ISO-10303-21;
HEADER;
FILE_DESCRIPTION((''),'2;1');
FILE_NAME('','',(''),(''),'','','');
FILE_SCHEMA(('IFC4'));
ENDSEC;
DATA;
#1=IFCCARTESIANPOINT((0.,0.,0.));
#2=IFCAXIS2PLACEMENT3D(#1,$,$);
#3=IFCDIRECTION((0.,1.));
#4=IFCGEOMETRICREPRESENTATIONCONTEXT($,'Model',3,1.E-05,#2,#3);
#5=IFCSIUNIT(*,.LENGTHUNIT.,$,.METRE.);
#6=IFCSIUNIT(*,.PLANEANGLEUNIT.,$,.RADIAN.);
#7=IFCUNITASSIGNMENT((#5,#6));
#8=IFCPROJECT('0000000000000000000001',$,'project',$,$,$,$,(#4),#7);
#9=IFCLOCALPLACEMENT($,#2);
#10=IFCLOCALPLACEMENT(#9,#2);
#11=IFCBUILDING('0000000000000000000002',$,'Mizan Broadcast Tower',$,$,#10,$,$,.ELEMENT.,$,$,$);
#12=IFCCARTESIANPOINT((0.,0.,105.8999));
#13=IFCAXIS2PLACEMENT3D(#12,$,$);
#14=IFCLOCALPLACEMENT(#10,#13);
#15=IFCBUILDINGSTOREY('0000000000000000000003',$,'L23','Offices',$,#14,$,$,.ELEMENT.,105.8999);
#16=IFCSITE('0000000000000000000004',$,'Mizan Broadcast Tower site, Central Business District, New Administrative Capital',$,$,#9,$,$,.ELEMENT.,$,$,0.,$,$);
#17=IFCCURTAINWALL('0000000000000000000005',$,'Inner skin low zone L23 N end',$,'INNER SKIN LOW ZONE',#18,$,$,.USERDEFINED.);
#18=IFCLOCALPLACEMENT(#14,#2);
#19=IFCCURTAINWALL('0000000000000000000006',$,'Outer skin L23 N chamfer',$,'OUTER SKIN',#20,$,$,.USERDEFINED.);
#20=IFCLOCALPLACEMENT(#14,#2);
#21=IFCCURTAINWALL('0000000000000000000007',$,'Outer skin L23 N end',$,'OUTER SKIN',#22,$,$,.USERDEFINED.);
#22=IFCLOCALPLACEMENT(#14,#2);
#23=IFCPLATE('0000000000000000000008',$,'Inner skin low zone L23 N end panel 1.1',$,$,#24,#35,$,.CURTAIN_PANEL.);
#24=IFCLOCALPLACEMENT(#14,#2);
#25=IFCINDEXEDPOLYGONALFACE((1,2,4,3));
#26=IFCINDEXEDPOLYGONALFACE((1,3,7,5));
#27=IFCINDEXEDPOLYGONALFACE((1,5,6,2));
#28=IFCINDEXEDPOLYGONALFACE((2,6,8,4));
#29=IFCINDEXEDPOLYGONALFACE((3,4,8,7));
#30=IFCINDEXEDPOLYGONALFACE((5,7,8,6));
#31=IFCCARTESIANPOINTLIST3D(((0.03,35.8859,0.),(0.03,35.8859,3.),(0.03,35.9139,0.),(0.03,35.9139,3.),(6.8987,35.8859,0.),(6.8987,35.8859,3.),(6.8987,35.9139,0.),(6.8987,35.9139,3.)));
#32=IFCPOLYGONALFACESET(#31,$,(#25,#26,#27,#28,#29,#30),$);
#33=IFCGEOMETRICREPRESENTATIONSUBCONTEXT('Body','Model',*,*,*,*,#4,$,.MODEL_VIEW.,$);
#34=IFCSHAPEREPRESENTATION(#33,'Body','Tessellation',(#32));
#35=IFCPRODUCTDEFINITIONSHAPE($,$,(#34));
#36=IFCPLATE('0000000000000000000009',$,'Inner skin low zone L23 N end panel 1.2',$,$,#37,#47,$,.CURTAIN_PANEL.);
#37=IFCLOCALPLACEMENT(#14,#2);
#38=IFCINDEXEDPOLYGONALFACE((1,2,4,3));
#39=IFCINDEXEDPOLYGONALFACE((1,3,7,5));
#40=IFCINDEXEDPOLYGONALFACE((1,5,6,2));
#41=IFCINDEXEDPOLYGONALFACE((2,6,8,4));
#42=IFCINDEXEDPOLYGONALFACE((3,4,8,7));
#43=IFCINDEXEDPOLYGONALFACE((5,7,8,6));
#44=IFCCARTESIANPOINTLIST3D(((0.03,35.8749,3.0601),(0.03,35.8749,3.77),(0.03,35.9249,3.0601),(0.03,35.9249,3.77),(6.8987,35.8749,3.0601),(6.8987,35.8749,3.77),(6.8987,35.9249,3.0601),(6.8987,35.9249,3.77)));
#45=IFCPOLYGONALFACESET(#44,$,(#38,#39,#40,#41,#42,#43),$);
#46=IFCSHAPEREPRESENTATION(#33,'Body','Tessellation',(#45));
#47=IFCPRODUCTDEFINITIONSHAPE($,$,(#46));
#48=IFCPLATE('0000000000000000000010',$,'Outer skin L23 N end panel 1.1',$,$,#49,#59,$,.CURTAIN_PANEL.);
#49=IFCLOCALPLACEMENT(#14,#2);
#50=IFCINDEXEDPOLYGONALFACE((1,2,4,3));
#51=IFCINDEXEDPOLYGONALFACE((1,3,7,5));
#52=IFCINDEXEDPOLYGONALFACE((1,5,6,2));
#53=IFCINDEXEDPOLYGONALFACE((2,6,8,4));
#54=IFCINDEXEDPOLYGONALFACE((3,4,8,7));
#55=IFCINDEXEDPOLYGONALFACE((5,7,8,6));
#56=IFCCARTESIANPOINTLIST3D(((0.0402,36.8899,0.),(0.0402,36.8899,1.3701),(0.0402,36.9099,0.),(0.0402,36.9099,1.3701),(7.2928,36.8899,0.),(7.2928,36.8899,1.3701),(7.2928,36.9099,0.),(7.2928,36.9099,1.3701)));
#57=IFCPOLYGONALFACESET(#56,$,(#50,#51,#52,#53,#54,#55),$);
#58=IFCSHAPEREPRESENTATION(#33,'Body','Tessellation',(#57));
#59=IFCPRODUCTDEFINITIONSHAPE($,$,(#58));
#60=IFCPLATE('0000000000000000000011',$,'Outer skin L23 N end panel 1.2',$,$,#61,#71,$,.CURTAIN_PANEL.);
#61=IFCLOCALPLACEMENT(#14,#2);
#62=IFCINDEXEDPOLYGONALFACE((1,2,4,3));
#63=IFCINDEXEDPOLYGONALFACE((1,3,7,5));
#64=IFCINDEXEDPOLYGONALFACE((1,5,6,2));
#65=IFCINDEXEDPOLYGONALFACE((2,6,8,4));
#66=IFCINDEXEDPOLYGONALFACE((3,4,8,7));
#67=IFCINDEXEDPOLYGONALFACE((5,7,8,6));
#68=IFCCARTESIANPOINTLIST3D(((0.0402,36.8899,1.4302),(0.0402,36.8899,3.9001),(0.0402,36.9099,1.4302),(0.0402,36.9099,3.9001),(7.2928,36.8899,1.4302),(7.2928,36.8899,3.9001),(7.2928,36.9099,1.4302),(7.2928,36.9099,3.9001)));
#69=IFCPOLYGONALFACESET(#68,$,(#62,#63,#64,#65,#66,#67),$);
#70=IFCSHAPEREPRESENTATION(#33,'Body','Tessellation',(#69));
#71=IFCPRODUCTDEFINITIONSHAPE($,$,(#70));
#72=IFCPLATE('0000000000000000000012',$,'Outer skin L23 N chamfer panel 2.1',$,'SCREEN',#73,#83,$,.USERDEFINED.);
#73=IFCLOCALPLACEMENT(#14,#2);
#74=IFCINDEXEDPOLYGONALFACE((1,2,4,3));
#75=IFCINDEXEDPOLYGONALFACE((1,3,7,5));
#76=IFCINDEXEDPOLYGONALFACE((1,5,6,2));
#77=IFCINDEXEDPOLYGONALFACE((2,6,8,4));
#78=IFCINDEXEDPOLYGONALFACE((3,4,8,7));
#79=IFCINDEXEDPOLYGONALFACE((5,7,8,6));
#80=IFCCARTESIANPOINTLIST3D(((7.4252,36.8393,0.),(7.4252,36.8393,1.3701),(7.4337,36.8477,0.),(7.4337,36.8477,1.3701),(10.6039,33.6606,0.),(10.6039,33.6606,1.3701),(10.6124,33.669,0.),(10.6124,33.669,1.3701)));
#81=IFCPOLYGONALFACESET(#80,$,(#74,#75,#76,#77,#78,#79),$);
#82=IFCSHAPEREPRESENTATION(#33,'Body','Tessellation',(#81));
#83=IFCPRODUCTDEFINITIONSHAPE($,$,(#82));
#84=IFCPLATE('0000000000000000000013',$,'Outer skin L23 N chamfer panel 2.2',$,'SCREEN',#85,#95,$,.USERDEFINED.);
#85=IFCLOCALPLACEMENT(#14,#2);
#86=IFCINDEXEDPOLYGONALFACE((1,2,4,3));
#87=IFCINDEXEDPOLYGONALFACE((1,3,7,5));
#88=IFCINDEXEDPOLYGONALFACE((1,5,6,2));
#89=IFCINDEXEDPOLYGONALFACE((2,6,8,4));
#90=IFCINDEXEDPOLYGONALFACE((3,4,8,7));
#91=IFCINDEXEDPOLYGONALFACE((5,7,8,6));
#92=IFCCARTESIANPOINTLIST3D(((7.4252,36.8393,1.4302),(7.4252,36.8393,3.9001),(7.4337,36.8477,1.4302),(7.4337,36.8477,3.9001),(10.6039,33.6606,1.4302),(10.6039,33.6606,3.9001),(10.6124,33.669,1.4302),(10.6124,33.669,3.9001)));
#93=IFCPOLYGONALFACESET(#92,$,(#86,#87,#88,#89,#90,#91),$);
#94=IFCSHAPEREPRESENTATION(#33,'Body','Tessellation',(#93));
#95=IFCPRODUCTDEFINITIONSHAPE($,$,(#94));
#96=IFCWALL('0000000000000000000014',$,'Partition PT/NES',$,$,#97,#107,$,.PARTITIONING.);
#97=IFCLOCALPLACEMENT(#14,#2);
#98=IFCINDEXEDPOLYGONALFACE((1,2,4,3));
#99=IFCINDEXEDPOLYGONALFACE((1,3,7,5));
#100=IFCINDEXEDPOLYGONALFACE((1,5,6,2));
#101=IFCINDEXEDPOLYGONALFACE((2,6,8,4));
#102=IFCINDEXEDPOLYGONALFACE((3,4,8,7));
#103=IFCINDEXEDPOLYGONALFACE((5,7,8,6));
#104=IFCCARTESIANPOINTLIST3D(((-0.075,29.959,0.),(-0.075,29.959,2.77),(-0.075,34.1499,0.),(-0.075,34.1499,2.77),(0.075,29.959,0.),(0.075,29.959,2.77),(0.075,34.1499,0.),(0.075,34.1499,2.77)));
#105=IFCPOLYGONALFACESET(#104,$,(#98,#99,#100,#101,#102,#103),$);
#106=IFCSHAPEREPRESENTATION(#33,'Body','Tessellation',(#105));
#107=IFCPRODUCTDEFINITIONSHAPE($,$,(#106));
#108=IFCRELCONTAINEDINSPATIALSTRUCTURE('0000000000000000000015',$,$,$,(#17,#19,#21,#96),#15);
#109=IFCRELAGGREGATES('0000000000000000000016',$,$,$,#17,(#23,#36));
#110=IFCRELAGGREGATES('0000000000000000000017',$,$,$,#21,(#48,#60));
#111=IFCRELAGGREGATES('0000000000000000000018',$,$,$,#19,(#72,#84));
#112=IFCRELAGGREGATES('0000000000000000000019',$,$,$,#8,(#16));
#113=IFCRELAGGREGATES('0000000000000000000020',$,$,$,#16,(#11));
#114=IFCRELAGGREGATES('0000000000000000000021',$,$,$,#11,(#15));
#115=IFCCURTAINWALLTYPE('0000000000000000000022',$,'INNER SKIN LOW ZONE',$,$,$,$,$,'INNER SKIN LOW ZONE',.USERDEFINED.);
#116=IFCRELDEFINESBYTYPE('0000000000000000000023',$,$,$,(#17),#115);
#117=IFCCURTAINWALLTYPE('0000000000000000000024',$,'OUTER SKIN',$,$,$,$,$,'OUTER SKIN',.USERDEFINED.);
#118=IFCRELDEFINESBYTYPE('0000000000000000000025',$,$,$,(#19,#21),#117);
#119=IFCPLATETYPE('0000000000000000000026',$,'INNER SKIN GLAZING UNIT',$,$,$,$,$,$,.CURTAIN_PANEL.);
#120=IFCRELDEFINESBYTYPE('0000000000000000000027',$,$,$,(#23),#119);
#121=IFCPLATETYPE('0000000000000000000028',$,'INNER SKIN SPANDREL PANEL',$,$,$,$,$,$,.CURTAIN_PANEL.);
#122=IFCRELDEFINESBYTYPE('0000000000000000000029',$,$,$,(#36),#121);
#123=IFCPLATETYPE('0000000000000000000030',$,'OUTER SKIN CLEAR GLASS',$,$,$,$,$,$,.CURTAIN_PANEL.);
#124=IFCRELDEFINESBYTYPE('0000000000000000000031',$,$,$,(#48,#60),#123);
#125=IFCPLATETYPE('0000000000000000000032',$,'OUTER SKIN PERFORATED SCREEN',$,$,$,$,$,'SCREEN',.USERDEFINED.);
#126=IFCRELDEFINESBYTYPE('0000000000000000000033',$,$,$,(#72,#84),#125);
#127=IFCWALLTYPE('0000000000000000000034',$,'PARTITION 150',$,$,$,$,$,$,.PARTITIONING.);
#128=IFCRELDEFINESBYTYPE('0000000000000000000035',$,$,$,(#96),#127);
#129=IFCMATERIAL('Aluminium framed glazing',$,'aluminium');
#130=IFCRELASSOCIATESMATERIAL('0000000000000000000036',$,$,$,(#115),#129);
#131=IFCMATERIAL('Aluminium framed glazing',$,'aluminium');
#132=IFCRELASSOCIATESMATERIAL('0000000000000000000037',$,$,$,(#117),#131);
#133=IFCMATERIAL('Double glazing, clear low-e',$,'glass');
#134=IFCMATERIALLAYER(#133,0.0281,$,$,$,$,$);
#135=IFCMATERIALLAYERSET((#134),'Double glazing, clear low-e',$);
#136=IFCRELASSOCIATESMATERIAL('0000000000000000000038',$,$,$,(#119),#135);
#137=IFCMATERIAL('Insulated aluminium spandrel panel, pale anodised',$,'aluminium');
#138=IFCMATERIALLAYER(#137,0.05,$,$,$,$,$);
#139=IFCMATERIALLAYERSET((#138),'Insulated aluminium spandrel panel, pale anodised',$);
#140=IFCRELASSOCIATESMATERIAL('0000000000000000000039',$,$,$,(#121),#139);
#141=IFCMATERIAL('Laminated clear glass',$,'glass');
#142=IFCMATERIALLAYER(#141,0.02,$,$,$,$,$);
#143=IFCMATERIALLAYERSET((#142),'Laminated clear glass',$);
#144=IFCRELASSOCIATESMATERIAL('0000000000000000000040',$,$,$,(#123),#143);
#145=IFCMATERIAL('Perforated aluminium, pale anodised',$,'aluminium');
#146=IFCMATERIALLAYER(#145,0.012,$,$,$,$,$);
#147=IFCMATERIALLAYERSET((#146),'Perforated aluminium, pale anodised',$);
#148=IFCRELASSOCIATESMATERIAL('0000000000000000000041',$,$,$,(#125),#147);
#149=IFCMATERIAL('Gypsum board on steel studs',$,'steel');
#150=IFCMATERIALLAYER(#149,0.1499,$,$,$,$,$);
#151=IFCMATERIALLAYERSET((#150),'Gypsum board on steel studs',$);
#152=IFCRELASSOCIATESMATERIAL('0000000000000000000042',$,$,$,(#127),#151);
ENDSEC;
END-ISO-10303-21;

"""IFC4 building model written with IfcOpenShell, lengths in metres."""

from ifc_helpers import new_model, si_unit, direction, frame, frame_2d, origin, origin_2d, place, context, subcontext, project, spatial, rectangle, extrude, material, layer, layer_set, type_object, element, aggregate, save


model = new_model("IFC4")

# Units and contexts
model_context = context("Model", 3, precision=1e-05, world=origin(), true_north=direction((0.0, 1.0)))
body_context = subcontext(model_context, "Body", "Model", "MODEL_VIEW")
ifc_project = project(units=[si_unit("LENGTHUNIT", "METRE"), si_unit("PLANEANGLEUNIT", "RADIAN")], contexts=[model_context])

# Site, building, storey
site_placement = place(None, origin())
site = spatial("IfcSite", under=ifc_project, at=site_placement, Name="Mizan Broadcast Tower site, Central Business District, New Administrative Capital", CompositionType="ELEMENT", RefElevation=0.0)
building_placement = place(site_placement, origin())
building = spatial("IfcBuilding", under=site, at=building_placement, Name="Mizan Broadcast Tower", CompositionType="ELEMENT")
storey_placement = place(building_placement, frame((0.0, 0.0, 105.8999)))
storey = spatial("IfcBuildingStorey", under=building, at=storey_placement, Name="L23", Description="Offices", CompositionType="ELEMENT", Elevation=105.8999)

# Shared definitions
ifc_material_1 = material(Name="Aluminium framed glazing", Category="aluminium")
curtain_wall_type_1 = type_object("IfcCurtainWallType", Name="INNER SKIN LOW ZONE", ElementType="INNER SKIN LOW ZONE", PredefinedType="USERDEFINED", material=ifc_material_1)

# Curtain wall
curtain_wall_1_placement = place(storey_placement, origin())
curtain_wall_1 = element("IfcCurtainWall", 1, at=curtain_wall_1_placement, inside=storey, type_object=curtain_wall_type_1, Name="Inner skin low zone L23 N end", ObjectType="INNER SKIN LOW ZONE", PredefinedType="USERDEFINED")

# Curtain wall
ifc_material_2 = material(Name="Aluminium framed glazing", Category="aluminium")
curtain_wall_type_2 = type_object("IfcCurtainWallType", Name="OUTER SKIN", ElementType="OUTER SKIN", PredefinedType="USERDEFINED", material=ifc_material_2)
curtain_wall_2_placement = place(storey_placement, origin())
curtain_wall_2 = element("IfcCurtainWall", 2, at=curtain_wall_2_placement, inside=storey, type_object=curtain_wall_type_2, Name="Outer skin L23 N chamfer", ObjectType="OUTER SKIN", PredefinedType="USERDEFINED")

# Curtain wall
curtain_wall_3_placement = place(storey_placement, origin())
curtain_wall_3 = element("IfcCurtainWall", 3, at=curtain_wall_3_placement, inside=storey, type_object=curtain_wall_type_2, Name="Outer skin L23 N end", ObjectType="OUTER SKIN", PredefinedType="USERDEFINED")

# Plates
ifc_material_3 = material(Name="Double glazing, clear low-e", Category="glass")
ifc_layer_1 = layer(ifc_material_3, 0.0281)
ifc_layer_set_1 = layer_set([ifc_layer_1], Name="Double glazing, clear low-e")
plate_type_1 = type_object("IfcPlateType", Name="INNER SKIN GLAZING UNIT", PredefinedType="CURTAIN_PANEL", material=ifc_layer_set_1)
plate_1_placement = place(storey_placement, frame((3.4644, 35.8999, 0.0), z_axis=(0.0, 0.0, 1.0), x_axis=(-1.0, 0.0, 0.0)))
plate_1 = element("IfcPlate", 4, at=plate_1_placement, type_object=plate_type_1, Name="Inner skin low zone L23 N end panel 1.1", PredefinedType="CURTAIN_PANEL", context=body_context, shape_type="SweptSolid", body=[
    extrude(rectangle(XDim=6.8687, YDim=0.0281, at=origin_2d()), origin(), (0.0, 0.0, 1.0), 3.0),
])
ifc_material_4 = material(Name="Insulated aluminium spandrel panel, pale anodised", Category="aluminium")
ifc_layer_2 = layer(ifc_material_4, 0.05)
ifc_layer_set_2 = layer_set([ifc_layer_2], Name="Insulated aluminium spandrel panel, pale anodised")
plate_type_2 = type_object("IfcPlateType", Name="INNER SKIN SPANDREL PANEL", PredefinedType="CURTAIN_PANEL", material=ifc_layer_set_2)
plate_2_placement = place(storey_placement, frame((3.4644, 35.8999, 3.0601), z_axis=(0.0, 0.0, 1.0), x_axis=(-1.0, 0.0, 0.0)))
plate_2 = element("IfcPlate", 5, at=plate_2_placement, type_object=plate_type_2, Name="Inner skin low zone L23 N end panel 1.2", PredefinedType="CURTAIN_PANEL", context=body_context, shape_type="SweptSolid", body=[
    extrude(rectangle(XDim=6.8687, YDim=0.05, at=origin_2d()), origin(), (0.0, 0.0, 1.0), 0.71),
])
aggregate(curtain_wall_1, [plate_1, plate_2])
ifc_material_5 = material(Name="Laminated clear glass", Category="glass")
ifc_layer_3 = layer(ifc_material_5, 0.02)
ifc_layer_set_3 = layer_set([ifc_layer_3], Name="Laminated clear glass")
plate_type_3 = type_object("IfcPlateType", Name="OUTER SKIN CLEAR GLASS", PredefinedType="CURTAIN_PANEL", material=ifc_layer_set_3)
plate_3_placement = place(storey_placement, frame((3.6665, 36.8999, 0.0), z_axis=(0.0, 0.0, 1.0), x_axis=(-1.0, 0.0, 0.0)))
plate_3 = element("IfcPlate", 6, at=plate_3_placement, type_object=plate_type_3, Name="Outer skin L23 N end panel 1.1", PredefinedType="CURTAIN_PANEL", context=body_context, shape_type="SweptSolid", body=[
    extrude(rectangle(XDim=7.2527, YDim=0.02, at=origin_2d()), origin(), (0.0, 0.0, 1.0), 1.3701),
])
plate_4_placement = place(storey_placement, frame((3.6665, 36.8999, 1.4302), z_axis=(0.0, 0.0, 1.0), x_axis=(-1.0, 0.0, 0.0)))
plate_4 = element("IfcPlate", 7, at=plate_4_placement, type_object=plate_type_3, Name="Outer skin L23 N end panel 1.2", PredefinedType="CURTAIN_PANEL", context=body_context, shape_type="SweptSolid", body=[
    extrude(rectangle(XDim=7.2527, YDim=0.02, at=origin_2d()), origin(), (0.0, 0.0, 1.0), 2.47),
])
aggregate(curtain_wall_3, [plate_3, plate_4])
ifc_material_6 = material(Name="Perforated aluminium, pale anodised", Category="aluminium")
ifc_layer_4 = layer(ifc_material_6, 0.012)
ifc_layer_set_4 = layer_set([ifc_layer_4], Name="Perforated aluminium, pale anodised")
plate_type_4 = type_object("IfcPlateType", Name="OUTER SKIN PERFORATED SCREEN", ElementType="SCREEN", PredefinedType="USERDEFINED", material=ifc_layer_set_4)
plate_5_placement = place(storey_placement, frame((9.0188, 35.2542, 0.0), z_axis=(0.0, 0.0, 1.0), x_axis=(-0.707107, 0.707107, 0.0)))
plate_5 = element("IfcPlate", 8, at=plate_5_placement, type_object=plate_type_4, Name="Outer skin L23 N chamfer panel 2.1", ObjectType="SCREEN", PredefinedType="USERDEFINED", context=body_context, shape_type="SweptSolid", body=[
    extrude(rectangle(XDim=4.4954, YDim=0.012, at=origin_2d()), origin(), (0.0, 0.0, 1.0), 1.3701),
])
plate_6_placement = place(storey_placement, frame((9.0188, 35.2542, 1.4302), z_axis=(0.0, 0.0, 1.0), x_axis=(-0.707107, 0.707107, 0.0)))
plate_6 = element("IfcPlate", 9, at=plate_6_placement, type_object=plate_type_4, Name="Outer skin L23 N chamfer panel 2.2", ObjectType="SCREEN", PredefinedType="USERDEFINED", context=body_context, shape_type="SweptSolid", body=[
    extrude(rectangle(XDim=4.4954, YDim=0.012, at=origin_2d()), origin(), (0.0, 0.0, 1.0), 2.47),
])
aggregate(curtain_wall_2, [plate_5, plate_6])

# Wall
ifc_material_7 = material(Name="Gypsum board on steel studs", Category="steel")
ifc_layer_5 = layer(ifc_material_7, 0.1499)
ifc_layer_set_5 = layer_set([ifc_layer_5], Name="Gypsum board on steel studs")
wall_type = type_object("IfcWallType", Name="PARTITION 150", PredefinedType="PARTITIONING", material=ifc_layer_set_5)
wall_placement = place(storey_placement, frame((0.0, 29.959, 0.0), z_axis=(0.0, 0.0, 1.0), x_axis=(0.0, 1.0, 0.0)))
element("IfcWall", 10, at=wall_placement, inside=storey, type_object=wall_type, Name="Partition PT/NES", PredefinedType="PARTITIONING", context=body_context, shape_type="SweptSolid", body=[
    extrude(rectangle(XDim=4.1909, YDim=0.1499, at=frame_2d((2.0955, 0.0))), origin(), (0.0, 0.0, 1.0), 2.77),
])

save(model, "model.ifc")
